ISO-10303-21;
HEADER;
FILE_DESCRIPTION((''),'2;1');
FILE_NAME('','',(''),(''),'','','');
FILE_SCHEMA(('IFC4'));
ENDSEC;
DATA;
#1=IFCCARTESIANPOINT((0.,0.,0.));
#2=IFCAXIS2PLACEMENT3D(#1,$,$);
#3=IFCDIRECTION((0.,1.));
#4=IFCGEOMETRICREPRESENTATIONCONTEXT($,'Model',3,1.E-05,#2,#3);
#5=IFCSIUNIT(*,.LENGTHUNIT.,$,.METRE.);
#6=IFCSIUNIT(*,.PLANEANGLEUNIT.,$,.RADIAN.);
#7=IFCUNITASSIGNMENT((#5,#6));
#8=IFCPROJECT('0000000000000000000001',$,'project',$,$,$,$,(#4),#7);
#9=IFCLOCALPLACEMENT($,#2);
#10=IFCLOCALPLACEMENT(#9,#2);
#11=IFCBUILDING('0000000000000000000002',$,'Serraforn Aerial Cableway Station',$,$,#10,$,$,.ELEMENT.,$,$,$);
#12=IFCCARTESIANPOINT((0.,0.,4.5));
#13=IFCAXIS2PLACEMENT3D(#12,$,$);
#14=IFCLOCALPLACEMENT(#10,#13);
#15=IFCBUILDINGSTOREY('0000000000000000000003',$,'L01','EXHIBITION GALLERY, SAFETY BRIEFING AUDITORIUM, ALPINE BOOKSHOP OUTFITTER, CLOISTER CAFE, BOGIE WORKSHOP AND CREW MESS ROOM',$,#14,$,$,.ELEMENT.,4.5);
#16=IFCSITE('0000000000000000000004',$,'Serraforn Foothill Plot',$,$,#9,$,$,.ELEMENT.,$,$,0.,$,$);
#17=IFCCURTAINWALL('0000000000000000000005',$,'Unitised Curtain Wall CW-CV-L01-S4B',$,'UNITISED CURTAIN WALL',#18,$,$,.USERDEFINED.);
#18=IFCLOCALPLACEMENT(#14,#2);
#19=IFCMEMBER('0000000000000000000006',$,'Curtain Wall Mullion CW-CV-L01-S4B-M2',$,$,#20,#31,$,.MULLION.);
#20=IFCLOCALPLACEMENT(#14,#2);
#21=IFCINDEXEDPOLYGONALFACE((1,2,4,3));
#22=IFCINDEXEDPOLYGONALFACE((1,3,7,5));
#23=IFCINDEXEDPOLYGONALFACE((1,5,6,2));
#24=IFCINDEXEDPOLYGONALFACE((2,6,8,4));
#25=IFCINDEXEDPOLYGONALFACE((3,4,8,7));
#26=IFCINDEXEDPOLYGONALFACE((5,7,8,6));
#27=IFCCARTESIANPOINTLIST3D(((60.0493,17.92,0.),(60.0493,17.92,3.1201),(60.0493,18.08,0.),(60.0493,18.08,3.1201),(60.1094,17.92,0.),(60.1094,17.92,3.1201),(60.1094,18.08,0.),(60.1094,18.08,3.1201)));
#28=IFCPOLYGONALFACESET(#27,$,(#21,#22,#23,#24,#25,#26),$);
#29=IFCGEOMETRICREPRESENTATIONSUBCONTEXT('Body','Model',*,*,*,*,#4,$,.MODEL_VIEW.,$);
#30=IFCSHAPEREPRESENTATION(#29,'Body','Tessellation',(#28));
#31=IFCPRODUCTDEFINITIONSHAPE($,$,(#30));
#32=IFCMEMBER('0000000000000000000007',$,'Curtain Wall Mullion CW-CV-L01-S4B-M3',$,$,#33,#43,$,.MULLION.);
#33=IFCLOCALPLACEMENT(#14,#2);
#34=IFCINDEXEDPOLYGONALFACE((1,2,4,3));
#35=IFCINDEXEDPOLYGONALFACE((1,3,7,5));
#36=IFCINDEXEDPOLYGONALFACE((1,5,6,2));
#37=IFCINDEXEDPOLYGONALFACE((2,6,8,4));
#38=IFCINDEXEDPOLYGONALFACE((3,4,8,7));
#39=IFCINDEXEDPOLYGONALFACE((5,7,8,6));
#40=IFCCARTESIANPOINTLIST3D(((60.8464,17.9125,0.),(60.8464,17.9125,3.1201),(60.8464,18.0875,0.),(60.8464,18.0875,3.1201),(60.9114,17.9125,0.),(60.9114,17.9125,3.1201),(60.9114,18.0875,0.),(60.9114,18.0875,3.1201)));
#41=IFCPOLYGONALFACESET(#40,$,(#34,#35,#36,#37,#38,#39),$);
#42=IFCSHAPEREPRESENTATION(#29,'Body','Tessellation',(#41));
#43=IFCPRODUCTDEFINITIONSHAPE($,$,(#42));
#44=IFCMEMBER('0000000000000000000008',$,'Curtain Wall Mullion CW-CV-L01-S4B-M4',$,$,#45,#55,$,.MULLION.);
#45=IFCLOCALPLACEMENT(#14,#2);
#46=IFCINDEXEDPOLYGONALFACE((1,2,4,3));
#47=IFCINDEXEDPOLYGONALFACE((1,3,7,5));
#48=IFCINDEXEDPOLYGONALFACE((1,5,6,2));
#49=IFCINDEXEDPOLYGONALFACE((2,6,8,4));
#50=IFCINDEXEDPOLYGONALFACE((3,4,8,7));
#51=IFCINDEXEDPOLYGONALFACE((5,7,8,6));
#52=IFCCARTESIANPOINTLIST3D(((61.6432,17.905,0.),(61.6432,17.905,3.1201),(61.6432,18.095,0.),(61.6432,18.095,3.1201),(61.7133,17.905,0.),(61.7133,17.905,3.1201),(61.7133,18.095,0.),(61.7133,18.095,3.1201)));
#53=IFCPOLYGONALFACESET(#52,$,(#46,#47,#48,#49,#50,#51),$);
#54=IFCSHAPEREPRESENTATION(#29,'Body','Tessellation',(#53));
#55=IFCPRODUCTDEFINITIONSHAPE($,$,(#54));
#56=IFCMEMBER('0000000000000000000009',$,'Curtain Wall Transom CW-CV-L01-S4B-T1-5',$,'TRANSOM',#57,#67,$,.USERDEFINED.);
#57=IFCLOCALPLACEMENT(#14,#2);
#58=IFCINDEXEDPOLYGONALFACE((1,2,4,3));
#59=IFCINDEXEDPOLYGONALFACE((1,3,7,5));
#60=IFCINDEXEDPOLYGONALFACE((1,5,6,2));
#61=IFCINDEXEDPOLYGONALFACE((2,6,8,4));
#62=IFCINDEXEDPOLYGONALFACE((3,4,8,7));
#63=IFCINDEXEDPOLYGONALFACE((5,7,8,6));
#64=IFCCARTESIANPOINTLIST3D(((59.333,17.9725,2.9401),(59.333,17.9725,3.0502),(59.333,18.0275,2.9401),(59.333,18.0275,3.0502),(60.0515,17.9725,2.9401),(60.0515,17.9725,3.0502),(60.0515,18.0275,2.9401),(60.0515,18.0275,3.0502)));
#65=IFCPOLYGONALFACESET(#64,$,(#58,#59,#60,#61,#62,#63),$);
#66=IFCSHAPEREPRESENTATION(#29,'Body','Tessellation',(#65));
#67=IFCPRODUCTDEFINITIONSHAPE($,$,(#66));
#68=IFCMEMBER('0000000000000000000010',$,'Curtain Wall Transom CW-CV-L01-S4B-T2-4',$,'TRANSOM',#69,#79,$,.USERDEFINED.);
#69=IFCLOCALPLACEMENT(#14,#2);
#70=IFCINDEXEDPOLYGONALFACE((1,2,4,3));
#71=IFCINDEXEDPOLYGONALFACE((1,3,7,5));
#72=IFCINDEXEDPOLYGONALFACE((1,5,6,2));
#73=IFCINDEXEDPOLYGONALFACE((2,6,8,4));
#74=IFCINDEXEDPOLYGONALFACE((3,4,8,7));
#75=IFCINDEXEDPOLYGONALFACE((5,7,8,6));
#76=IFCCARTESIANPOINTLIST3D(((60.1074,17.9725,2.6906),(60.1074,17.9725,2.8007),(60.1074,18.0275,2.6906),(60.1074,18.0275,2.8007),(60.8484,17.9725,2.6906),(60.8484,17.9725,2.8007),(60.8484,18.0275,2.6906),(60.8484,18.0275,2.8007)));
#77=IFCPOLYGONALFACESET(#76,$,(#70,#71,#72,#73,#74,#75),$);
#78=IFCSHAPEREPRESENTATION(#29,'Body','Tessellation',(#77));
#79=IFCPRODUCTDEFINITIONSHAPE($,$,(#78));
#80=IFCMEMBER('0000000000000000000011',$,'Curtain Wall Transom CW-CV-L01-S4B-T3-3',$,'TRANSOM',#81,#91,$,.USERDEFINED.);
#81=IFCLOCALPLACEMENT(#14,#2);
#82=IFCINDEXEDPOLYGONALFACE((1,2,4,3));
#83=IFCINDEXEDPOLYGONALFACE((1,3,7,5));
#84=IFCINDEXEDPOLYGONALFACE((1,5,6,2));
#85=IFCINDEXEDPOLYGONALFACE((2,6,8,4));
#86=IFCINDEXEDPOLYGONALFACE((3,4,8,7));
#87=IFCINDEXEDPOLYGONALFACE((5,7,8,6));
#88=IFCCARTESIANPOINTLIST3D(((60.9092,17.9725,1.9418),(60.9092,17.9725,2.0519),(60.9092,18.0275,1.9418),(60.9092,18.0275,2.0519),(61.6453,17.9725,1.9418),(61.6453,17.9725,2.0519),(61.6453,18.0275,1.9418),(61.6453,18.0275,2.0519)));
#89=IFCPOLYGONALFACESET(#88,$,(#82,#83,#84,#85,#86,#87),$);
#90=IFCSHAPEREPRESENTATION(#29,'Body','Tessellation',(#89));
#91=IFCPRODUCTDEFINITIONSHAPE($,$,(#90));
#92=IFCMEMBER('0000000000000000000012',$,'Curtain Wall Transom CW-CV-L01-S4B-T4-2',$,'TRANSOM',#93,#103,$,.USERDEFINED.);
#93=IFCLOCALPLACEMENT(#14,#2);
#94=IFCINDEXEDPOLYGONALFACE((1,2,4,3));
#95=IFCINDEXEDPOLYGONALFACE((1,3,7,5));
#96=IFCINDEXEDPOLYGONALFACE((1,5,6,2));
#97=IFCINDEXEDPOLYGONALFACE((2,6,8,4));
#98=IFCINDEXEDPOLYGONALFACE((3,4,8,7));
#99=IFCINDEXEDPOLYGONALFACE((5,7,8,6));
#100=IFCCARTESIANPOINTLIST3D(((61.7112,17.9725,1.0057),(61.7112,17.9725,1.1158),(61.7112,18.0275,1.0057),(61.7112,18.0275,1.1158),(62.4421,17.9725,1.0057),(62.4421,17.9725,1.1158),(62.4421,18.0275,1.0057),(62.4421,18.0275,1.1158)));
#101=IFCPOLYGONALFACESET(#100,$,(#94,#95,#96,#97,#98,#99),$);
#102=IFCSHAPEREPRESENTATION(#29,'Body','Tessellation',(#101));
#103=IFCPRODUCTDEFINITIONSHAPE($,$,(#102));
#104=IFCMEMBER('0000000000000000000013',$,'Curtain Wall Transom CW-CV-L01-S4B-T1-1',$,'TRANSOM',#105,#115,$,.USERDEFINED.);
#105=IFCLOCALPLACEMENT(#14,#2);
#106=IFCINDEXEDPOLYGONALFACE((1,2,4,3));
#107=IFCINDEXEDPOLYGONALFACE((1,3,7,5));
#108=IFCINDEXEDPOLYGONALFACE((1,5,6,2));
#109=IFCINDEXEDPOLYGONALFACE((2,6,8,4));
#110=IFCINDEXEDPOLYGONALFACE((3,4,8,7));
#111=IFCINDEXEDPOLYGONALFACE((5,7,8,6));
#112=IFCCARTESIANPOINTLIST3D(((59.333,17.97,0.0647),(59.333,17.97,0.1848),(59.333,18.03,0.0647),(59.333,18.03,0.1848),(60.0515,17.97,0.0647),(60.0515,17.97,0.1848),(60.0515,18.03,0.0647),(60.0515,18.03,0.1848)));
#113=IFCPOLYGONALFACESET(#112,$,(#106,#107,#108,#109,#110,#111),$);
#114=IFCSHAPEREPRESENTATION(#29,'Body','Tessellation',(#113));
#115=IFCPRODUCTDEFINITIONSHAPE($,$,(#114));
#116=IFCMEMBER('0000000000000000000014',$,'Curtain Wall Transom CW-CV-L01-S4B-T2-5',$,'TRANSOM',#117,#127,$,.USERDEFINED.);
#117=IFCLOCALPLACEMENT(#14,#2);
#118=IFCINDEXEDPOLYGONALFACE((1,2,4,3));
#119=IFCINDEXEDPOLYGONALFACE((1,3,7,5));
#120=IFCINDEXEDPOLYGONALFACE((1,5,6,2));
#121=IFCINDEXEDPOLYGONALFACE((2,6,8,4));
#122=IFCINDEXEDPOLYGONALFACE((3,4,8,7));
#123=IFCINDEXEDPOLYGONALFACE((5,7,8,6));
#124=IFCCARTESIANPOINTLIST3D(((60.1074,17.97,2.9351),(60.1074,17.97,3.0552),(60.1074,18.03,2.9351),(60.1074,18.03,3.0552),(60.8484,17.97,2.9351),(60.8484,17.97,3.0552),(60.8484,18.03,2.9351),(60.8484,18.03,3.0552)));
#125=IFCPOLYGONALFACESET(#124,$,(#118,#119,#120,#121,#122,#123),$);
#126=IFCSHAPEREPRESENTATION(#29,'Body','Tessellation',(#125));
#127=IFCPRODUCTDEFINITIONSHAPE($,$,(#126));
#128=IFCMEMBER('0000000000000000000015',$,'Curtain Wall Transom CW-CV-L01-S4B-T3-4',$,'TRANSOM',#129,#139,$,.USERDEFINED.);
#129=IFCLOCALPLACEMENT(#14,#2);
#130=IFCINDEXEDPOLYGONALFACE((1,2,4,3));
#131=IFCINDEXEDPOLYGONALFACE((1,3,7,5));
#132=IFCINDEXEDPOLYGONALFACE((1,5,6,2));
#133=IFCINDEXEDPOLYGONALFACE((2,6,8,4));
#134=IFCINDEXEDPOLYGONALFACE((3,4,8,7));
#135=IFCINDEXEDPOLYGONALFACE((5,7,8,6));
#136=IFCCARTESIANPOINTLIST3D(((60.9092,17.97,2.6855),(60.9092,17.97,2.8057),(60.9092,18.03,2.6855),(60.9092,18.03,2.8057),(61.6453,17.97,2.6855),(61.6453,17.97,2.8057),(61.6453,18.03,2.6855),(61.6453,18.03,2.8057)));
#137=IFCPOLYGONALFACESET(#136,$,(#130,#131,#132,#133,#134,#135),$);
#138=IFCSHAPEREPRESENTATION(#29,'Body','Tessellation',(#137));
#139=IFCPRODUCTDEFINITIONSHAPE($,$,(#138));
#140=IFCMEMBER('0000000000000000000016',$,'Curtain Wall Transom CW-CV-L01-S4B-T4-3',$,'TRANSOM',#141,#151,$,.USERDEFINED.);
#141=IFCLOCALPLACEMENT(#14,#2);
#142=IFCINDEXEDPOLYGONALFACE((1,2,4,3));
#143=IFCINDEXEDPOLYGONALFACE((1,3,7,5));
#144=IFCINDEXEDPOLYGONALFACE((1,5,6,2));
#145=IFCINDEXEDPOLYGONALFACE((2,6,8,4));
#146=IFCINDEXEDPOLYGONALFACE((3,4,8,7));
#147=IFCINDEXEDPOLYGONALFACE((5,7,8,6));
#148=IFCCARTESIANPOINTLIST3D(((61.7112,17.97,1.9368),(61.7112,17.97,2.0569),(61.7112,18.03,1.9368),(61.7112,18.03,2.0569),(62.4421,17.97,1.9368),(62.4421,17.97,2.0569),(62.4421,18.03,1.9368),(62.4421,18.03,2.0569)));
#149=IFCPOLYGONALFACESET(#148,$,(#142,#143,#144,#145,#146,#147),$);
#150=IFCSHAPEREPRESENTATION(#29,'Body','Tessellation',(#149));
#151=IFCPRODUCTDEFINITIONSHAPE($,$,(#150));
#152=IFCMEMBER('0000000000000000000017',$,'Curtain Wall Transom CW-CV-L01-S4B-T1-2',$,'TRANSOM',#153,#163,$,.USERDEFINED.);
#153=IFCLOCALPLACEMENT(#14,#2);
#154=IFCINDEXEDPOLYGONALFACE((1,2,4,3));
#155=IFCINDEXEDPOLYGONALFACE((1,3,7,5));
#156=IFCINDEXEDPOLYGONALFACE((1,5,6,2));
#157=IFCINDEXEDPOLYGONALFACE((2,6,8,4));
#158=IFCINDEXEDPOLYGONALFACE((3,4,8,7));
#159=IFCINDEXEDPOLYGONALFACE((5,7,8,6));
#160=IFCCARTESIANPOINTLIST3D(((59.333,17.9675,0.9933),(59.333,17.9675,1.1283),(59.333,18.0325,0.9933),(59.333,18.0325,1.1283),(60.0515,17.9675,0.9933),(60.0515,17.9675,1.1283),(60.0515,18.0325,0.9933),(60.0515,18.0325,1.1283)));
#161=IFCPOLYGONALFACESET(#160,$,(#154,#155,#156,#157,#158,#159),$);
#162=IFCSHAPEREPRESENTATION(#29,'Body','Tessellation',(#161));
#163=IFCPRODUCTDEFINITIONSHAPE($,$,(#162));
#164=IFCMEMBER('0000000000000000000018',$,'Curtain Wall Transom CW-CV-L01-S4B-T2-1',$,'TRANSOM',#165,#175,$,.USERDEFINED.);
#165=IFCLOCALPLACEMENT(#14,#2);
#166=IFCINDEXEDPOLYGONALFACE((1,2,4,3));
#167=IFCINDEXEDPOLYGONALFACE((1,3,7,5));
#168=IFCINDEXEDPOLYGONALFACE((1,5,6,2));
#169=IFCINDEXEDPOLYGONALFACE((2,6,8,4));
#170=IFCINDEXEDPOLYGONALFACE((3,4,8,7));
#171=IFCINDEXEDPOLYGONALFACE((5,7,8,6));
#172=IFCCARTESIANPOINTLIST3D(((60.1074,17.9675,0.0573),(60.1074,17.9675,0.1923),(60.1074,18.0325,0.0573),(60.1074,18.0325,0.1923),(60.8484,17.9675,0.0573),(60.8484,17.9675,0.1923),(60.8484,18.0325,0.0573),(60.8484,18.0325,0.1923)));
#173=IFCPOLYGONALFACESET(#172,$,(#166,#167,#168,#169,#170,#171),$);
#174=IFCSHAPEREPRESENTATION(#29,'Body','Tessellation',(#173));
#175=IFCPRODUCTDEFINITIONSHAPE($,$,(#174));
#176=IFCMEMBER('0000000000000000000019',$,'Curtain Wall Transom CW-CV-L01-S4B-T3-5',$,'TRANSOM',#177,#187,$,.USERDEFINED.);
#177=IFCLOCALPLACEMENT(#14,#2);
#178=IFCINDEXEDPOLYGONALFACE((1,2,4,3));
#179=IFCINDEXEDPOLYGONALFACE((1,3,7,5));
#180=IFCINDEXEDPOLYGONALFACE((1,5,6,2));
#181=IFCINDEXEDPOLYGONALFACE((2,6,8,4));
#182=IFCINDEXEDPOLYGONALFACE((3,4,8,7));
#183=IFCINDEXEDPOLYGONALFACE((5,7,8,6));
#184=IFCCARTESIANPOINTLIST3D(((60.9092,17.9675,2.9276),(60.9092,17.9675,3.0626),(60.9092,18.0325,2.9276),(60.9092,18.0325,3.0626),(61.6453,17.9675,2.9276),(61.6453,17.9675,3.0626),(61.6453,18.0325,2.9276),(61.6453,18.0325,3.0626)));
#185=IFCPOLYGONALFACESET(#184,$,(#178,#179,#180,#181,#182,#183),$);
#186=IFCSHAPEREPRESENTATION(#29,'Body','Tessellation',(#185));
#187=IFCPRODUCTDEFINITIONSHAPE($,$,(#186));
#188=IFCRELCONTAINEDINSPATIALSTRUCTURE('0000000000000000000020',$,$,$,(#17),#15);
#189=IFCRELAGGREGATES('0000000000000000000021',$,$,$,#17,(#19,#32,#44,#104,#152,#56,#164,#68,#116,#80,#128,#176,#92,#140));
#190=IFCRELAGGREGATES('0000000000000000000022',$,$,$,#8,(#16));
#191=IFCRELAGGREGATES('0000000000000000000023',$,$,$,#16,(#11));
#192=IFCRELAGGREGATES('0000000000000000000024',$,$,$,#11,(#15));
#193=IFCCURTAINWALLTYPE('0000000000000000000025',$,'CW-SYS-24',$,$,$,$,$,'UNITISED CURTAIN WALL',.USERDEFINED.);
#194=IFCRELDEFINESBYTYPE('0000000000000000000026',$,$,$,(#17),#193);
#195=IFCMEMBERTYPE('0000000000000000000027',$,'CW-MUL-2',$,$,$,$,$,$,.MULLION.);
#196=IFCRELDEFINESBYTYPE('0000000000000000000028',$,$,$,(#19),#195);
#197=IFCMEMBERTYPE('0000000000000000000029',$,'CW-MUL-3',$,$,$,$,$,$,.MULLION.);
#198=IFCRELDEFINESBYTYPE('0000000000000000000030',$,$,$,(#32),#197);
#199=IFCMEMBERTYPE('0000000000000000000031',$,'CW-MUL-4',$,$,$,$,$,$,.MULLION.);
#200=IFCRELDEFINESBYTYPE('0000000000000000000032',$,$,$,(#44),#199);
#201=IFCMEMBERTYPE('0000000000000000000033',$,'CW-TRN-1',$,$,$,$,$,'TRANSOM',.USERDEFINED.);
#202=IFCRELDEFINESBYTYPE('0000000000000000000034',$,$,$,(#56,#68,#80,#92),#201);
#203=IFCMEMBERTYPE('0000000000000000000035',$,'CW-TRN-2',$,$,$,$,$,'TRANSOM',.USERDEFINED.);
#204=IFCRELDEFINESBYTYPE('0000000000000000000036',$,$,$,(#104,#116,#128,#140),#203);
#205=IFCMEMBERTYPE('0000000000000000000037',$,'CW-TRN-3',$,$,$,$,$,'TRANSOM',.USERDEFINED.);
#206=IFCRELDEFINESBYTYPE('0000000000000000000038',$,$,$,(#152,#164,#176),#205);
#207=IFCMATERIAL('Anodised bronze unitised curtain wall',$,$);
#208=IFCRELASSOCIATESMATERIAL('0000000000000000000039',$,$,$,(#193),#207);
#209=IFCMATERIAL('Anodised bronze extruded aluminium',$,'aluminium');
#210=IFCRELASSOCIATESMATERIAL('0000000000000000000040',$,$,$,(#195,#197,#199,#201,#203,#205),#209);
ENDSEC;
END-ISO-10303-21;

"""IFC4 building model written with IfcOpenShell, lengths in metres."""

from ifc_helpers import new_model, si_unit, direction, frame, origin, origin_2d, place, context, subcontext, project, spatial, rectangle, extrude, material, material_profile, profile_set, type_object, element, aggregate, save


model = new_model("IFC4")

# Units and contexts
model_context = context("Model", 3, precision=1e-05, world=origin(), true_north=direction((0.0, 1.0)))
body_context = subcontext(model_context, "Body", "Model", "MODEL_VIEW")
ifc_project = project(units=[si_unit("LENGTHUNIT", "METRE"), si_unit("PLANEANGLEUNIT", "RADIAN")], contexts=[model_context])

# Site, building, storey
site_placement = place(None, origin())
site = spatial("IfcSite", under=ifc_project, at=site_placement, Name="Serraforn Foothill Plot", CompositionType="ELEMENT", RefElevation=0.0)
building_placement = place(site_placement, origin())
building = spatial("IfcBuilding", under=site, at=building_placement, Name="Serraforn Aerial Cableway Station", CompositionType="ELEMENT")
storey_placement = place(building_placement, frame((0.0, 0.0, 4.5)))
storey = spatial("IfcBuildingStorey", under=building, at=storey_placement, Name="L01", Description="EXHIBITION GALLERY, SAFETY BRIEFING AUDITORIUM, ALPINE BOOKSHOP OUTFITTER, CLOISTER CAFE, BOGIE WORKSHOP AND CREW MESS ROOM", CompositionType="ELEMENT", Elevation=4.5)

# Curtain wall, members
ifc_material_1 = material(Name="Anodised bronze unitised curtain wall")
curtain_wall_type = type_object("IfcCurtainWallType", Name="CW-SYS-24", ElementType="UNITISED CURTAIN WALL", PredefinedType="USERDEFINED", material=ifc_material_1)
curtain_wall_placement = place(storey_placement, origin())
curtain_wall = element("IfcCurtainWall", 1, at=curtain_wall_placement, inside=storey, type_object=curtain_wall_type, Name="Unitised Curtain Wall CW-CV-L01-S4B", ObjectType="UNITISED CURTAIN WALL", PredefinedType="USERDEFINED")
ifc_material_2 = material(Name="Anodised bronze extruded aluminium", Category="aluminium")
ifc_material_profile_1 = material_profile(ifc_material_2, rectangle(XDim=0.0601, YDim=0.1599, at=origin_2d()), Name="CW MULLION 60x160")
ifc_profile_set_1 = profile_set([ifc_material_profile_1], Name="Anodised bronze extruded aluminium")
member_type_1 = type_object("IfcMemberType", Name="CW-MUL-2", PredefinedType="MULLION", material=ifc_profile_set_1)
member_1_placement = place(storey_placement, frame((60.0793, 18.0, 0.0), z_axis=(0.0, 0.0, 1.0), x_axis=(1.0, 0.0, 0.0)))
member_1 = element("IfcMember", 2, at=member_1_placement, type_object=member_type_1, Name="Curtain Wall Mullion CW-CV-L01-S4B-M2", PredefinedType="MULLION", context=body_context, shape_type="SweptSolid", body=[
    extrude(rectangle(XDim=0.0601, YDim=0.1599, at=origin_2d()), origin(), (0.0, 0.0, 1.0), 3.1201),
])
ifc_material_profile_2 = material_profile(ifc_material_2, rectangle(XDim=0.0649, YDim=0.175, at=origin_2d()), Name="CW MULLION 65x175")
ifc_profile_set_2 = profile_set([ifc_material_profile_2], Name="Anodised bronze extruded aluminium")
member_type_2 = type_object("IfcMemberType", Name="CW-MUL-3", PredefinedType="MULLION", material=ifc_profile_set_2)
member_2_placement = place(storey_placement, frame((60.8789, 18.0, 0.0), z_axis=(0.0, 0.0, 1.0), x_axis=(1.0, 0.0, 0.0)))
member_2 = element("IfcMember", 3, at=member_2_placement, type_object=member_type_2, Name="Curtain Wall Mullion CW-CV-L01-S4B-M3", PredefinedType="MULLION", context=body_context, shape_type="SweptSolid", body=[
    extrude(rectangle(XDim=0.0649, YDim=0.175, at=origin_2d()), origin(), (0.0, 0.0, 1.0), 3.1201),
])
ifc_material_profile_3 = material_profile(ifc_material_2, rectangle(XDim=0.0701, YDim=0.1899, at=origin_2d()), Name="CW MULLION 70x190")
ifc_profile_set_3 = profile_set([ifc_material_profile_3], Name="Anodised bronze extruded aluminium")
member_type_3 = type_object("IfcMemberType", Name="CW-MUL-4", PredefinedType="MULLION", material=ifc_profile_set_3)
member_3_placement = place(storey_placement, frame((61.6782, 18.0, 0.0), z_axis=(0.0, 0.0, 1.0), x_axis=(1.0, 0.0, 0.0)))
member_3 = element("IfcMember", 4, at=member_3_placement, type_object=member_type_3, Name="Curtain Wall Mullion CW-CV-L01-S4B-M4", PredefinedType="MULLION", context=body_context, shape_type="SweptSolid", body=[
    extrude(rectangle(XDim=0.0701, YDim=0.1899, at=origin_2d()), origin(), (0.0, 0.0, 1.0), 3.1201),
])
ifc_material_profile_4 = material_profile(ifc_material_2, rectangle(XDim=0.0549, YDim=0.1101, at=origin_2d()), Name="CW TRANSOM 55x110")
ifc_profile_set_4 = profile_set([ifc_material_profile_4], Name="Anodised bronze extruded aluminium")
member_type_4 = type_object("IfcMemberType", Name="CW-TRN-1", ElementType="TRANSOM", PredefinedType="USERDEFINED", material=ifc_profile_set_4)
member_4_placement = place(storey_placement, frame((59.333, 18.0, 2.9951), z_axis=(1.0, 0.0, 0.0), x_axis=(0.0, 1.0, 0.0)))
member_4 = element("IfcMember", 5, at=member_4_placement, type_object=member_type_4, Name="Curtain Wall Transom CW-CV-L01-S4B-T1-5", ObjectType="TRANSOM", PredefinedType="USERDEFINED", context=body_context, shape_type="SweptSolid", body=[
    extrude(rectangle(XDim=0.0549, YDim=0.1101, at=origin_2d()), origin(), (0.0, 0.0, 1.0), 0.7185),
])
member_5_placement = place(storey_placement, frame((60.1074, 18.0, 2.7456), z_axis=(1.0, 0.0, 0.0), x_axis=(0.0, 1.0, 0.0)))
member_5 = element("IfcMember", 6, at=member_5_placement, type_object=member_type_4, Name="Curtain Wall Transom CW-CV-L01-S4B-T2-4", ObjectType="TRANSOM", PredefinedType="USERDEFINED", context=body_context, shape_type="SweptSolid", body=[
    extrude(rectangle(XDim=0.0549, YDim=0.1101, at=origin_2d()), origin(), (0.0, 0.0, 1.0), 0.741),
])
member_6_placement = place(storey_placement, frame((60.9092, 18.0, 1.9968), z_axis=(1.0, 0.0, 0.0), x_axis=(0.0, 1.0, 0.0)))
member_6 = element("IfcMember", 7, at=member_6_placement, type_object=member_type_4, Name="Curtain Wall Transom CW-CV-L01-S4B-T3-3", ObjectType="TRANSOM", PredefinedType="USERDEFINED", context=body_context, shape_type="SweptSolid", body=[
    extrude(rectangle(XDim=0.0549, YDim=0.1101, at=origin_2d()), origin(), (0.0, 0.0, 1.0), 0.7361),
])
member_7_placement = place(storey_placement, frame((61.7112, 18.0, 1.0608), z_axis=(1.0, 0.0, 0.0), x_axis=(0.0, 1.0, 0.0)))
member_7 = element("IfcMember", 8, at=member_7_placement, type_object=member_type_4, Name="Curtain Wall Transom CW-CV-L01-S4B-T4-2", ObjectType="TRANSOM", PredefinedType="USERDEFINED", context=body_context, shape_type="SweptSolid", body=[
    extrude(rectangle(XDim=0.0549, YDim=0.1101, at=origin_2d()), origin(), (0.0, 0.0, 1.0), 0.731),
])
ifc_material_profile_5 = material_profile(ifc_material_2, rectangle(XDim=0.0601, YDim=0.1201, at=origin_2d()), Name="CW TRANSOM 60x120")
ifc_profile_set_5 = profile_set([ifc_material_profile_5], Name="Anodised bronze extruded aluminium")
member_type_5 = type_object("IfcMemberType", Name="CW-TRN-2", ElementType="TRANSOM", PredefinedType="USERDEFINED", material=ifc_profile_set_5)
member_8_placement = place(storey_placement, frame((59.333, 18.0, 0.1248), z_axis=(1.0, 0.0, 0.0), x_axis=(0.0, 1.0, 0.0)))
member_8 = element("IfcMember", 9, at=member_8_placement, type_object=member_type_5, Name="Curtain Wall Transom CW-CV-L01-S4B-T1-1", ObjectType="TRANSOM", PredefinedType="USERDEFINED", context=body_context, shape_type="SweptSolid", body=[
    extrude(rectangle(XDim=0.0601, YDim=0.1201, at=origin_2d()), origin(), (0.0, 0.0, 1.0), 0.7185),
])
member_9_placement = place(storey_placement, frame((60.1074, 18.0, 2.9951), z_axis=(1.0, 0.0, 0.0), x_axis=(0.0, 1.0, 0.0)))
member_9 = element("IfcMember", 10, at=member_9_placement, type_object=member_type_5, Name="Curtain Wall Transom CW-CV-L01-S4B-T2-5", ObjectType="TRANSOM", PredefinedType="USERDEFINED", context=body_context, shape_type="SweptSolid", body=[
    extrude(rectangle(XDim=0.0601, YDim=0.1201, at=origin_2d()), origin(), (0.0, 0.0, 1.0), 0.741),
])
member_10_placement = place(storey_placement, frame((60.9092, 18.0, 2.7456), z_axis=(1.0, 0.0, 0.0), x_axis=(0.0, 1.0, 0.0)))
member_10 = element("IfcMember", 11, at=member_10_placement, type_object=member_type_5, Name="Curtain Wall Transom CW-CV-L01-S4B-T3-4", ObjectType="TRANSOM", PredefinedType="USERDEFINED", context=body_context, shape_type="SweptSolid", body=[
    extrude(rectangle(XDim=0.0601, YDim=0.1201, at=origin_2d()), origin(), (0.0, 0.0, 1.0), 0.7361),
])
member_11_placement = place(storey_placement, frame((61.7112, 18.0, 1.9968), z_axis=(1.0, 0.0, 0.0), x_axis=(0.0, 1.0, 0.0)))
member_11 = element("IfcMember", 12, at=member_11_placement, type_object=member_type_5, Name="Curtain Wall Transom CW-CV-L01-S4B-T4-3", ObjectType="TRANSOM", PredefinedType="USERDEFINED", context=body_context, shape_type="SweptSolid", body=[
    extrude(rectangle(XDim=0.0601, YDim=0.1201, at=origin_2d()), origin(), (0.0, 0.0, 1.0), 0.731),
])
ifc_material_profile_6 = material_profile(ifc_material_2, rectangle(XDim=0.0649, YDim=0.135, at=origin_2d()), Name="CW TRANSOM 65x135")
ifc_profile_set_6 = profile_set([ifc_material_profile_6], Name="Anodised bronze extruded aluminium")
member_type_6 = type_object("IfcMemberType", Name="CW-TRN-3", ElementType="TRANSOM", PredefinedType="USERDEFINED", material=ifc_profile_set_6)
member_12_placement = place(storey_placement, frame((59.333, 18.0, 1.0608), z_axis=(1.0, 0.0, 0.0), x_axis=(0.0, 1.0, 0.0)))
member_12 = element("IfcMember", 13, at=member_12_placement, type_object=member_type_6, Name="Curtain Wall Transom CW-CV-L01-S4B-T1-2", ObjectType="TRANSOM", PredefinedType="USERDEFINED", context=body_context, shape_type="SweptSolid", body=[
    extrude(rectangle(XDim=0.0649, YDim=0.135, at=origin_2d()), origin(), (0.0, 0.0, 1.0), 0.7185),
])
member_13_placement = place(storey_placement, frame((60.1074, 18.0, 0.1248), z_axis=(1.0, 0.0, 0.0), x_axis=(0.0, 1.0, 0.0)))
member_13 = element("IfcMember", 14, at=member_13_placement, type_object=member_type_6, Name="Curtain Wall Transom CW-CV-L01-S4B-T2-1", ObjectType="TRANSOM", PredefinedType="USERDEFINED", context=body_context, shape_type="SweptSolid", body=[
    extrude(rectangle(XDim=0.0649, YDim=0.135, at=origin_2d()), origin(), (0.0, 0.0, 1.0), 0.741),
])
member_14_placement = place(storey_placement, frame((60.9092, 18.0, 2.9951), z_axis=(1.0, 0.0, 0.0), x_axis=(0.0, 1.0, 0.0)))
member_14 = element("IfcMember", 15, at=member_14_placement, type_object=member_type_6, Name="Curtain Wall Transom CW-CV-L01-S4B-T3-5", ObjectType="TRANSOM", PredefinedType="USERDEFINED", context=body_context, shape_type="SweptSolid", body=[
    extrude(rectangle(XDim=0.0649, YDim=0.135, at=origin_2d()), origin(), (0.0, 0.0, 1.0), 0.7361),
])
aggregate(curtain_wall, [member_1, member_2, member_3, member_8, member_12, member_4, member_13, member_5, member_9, member_6, member_10, member_14, member_7, member_11])

save(model, "model.ifc")
